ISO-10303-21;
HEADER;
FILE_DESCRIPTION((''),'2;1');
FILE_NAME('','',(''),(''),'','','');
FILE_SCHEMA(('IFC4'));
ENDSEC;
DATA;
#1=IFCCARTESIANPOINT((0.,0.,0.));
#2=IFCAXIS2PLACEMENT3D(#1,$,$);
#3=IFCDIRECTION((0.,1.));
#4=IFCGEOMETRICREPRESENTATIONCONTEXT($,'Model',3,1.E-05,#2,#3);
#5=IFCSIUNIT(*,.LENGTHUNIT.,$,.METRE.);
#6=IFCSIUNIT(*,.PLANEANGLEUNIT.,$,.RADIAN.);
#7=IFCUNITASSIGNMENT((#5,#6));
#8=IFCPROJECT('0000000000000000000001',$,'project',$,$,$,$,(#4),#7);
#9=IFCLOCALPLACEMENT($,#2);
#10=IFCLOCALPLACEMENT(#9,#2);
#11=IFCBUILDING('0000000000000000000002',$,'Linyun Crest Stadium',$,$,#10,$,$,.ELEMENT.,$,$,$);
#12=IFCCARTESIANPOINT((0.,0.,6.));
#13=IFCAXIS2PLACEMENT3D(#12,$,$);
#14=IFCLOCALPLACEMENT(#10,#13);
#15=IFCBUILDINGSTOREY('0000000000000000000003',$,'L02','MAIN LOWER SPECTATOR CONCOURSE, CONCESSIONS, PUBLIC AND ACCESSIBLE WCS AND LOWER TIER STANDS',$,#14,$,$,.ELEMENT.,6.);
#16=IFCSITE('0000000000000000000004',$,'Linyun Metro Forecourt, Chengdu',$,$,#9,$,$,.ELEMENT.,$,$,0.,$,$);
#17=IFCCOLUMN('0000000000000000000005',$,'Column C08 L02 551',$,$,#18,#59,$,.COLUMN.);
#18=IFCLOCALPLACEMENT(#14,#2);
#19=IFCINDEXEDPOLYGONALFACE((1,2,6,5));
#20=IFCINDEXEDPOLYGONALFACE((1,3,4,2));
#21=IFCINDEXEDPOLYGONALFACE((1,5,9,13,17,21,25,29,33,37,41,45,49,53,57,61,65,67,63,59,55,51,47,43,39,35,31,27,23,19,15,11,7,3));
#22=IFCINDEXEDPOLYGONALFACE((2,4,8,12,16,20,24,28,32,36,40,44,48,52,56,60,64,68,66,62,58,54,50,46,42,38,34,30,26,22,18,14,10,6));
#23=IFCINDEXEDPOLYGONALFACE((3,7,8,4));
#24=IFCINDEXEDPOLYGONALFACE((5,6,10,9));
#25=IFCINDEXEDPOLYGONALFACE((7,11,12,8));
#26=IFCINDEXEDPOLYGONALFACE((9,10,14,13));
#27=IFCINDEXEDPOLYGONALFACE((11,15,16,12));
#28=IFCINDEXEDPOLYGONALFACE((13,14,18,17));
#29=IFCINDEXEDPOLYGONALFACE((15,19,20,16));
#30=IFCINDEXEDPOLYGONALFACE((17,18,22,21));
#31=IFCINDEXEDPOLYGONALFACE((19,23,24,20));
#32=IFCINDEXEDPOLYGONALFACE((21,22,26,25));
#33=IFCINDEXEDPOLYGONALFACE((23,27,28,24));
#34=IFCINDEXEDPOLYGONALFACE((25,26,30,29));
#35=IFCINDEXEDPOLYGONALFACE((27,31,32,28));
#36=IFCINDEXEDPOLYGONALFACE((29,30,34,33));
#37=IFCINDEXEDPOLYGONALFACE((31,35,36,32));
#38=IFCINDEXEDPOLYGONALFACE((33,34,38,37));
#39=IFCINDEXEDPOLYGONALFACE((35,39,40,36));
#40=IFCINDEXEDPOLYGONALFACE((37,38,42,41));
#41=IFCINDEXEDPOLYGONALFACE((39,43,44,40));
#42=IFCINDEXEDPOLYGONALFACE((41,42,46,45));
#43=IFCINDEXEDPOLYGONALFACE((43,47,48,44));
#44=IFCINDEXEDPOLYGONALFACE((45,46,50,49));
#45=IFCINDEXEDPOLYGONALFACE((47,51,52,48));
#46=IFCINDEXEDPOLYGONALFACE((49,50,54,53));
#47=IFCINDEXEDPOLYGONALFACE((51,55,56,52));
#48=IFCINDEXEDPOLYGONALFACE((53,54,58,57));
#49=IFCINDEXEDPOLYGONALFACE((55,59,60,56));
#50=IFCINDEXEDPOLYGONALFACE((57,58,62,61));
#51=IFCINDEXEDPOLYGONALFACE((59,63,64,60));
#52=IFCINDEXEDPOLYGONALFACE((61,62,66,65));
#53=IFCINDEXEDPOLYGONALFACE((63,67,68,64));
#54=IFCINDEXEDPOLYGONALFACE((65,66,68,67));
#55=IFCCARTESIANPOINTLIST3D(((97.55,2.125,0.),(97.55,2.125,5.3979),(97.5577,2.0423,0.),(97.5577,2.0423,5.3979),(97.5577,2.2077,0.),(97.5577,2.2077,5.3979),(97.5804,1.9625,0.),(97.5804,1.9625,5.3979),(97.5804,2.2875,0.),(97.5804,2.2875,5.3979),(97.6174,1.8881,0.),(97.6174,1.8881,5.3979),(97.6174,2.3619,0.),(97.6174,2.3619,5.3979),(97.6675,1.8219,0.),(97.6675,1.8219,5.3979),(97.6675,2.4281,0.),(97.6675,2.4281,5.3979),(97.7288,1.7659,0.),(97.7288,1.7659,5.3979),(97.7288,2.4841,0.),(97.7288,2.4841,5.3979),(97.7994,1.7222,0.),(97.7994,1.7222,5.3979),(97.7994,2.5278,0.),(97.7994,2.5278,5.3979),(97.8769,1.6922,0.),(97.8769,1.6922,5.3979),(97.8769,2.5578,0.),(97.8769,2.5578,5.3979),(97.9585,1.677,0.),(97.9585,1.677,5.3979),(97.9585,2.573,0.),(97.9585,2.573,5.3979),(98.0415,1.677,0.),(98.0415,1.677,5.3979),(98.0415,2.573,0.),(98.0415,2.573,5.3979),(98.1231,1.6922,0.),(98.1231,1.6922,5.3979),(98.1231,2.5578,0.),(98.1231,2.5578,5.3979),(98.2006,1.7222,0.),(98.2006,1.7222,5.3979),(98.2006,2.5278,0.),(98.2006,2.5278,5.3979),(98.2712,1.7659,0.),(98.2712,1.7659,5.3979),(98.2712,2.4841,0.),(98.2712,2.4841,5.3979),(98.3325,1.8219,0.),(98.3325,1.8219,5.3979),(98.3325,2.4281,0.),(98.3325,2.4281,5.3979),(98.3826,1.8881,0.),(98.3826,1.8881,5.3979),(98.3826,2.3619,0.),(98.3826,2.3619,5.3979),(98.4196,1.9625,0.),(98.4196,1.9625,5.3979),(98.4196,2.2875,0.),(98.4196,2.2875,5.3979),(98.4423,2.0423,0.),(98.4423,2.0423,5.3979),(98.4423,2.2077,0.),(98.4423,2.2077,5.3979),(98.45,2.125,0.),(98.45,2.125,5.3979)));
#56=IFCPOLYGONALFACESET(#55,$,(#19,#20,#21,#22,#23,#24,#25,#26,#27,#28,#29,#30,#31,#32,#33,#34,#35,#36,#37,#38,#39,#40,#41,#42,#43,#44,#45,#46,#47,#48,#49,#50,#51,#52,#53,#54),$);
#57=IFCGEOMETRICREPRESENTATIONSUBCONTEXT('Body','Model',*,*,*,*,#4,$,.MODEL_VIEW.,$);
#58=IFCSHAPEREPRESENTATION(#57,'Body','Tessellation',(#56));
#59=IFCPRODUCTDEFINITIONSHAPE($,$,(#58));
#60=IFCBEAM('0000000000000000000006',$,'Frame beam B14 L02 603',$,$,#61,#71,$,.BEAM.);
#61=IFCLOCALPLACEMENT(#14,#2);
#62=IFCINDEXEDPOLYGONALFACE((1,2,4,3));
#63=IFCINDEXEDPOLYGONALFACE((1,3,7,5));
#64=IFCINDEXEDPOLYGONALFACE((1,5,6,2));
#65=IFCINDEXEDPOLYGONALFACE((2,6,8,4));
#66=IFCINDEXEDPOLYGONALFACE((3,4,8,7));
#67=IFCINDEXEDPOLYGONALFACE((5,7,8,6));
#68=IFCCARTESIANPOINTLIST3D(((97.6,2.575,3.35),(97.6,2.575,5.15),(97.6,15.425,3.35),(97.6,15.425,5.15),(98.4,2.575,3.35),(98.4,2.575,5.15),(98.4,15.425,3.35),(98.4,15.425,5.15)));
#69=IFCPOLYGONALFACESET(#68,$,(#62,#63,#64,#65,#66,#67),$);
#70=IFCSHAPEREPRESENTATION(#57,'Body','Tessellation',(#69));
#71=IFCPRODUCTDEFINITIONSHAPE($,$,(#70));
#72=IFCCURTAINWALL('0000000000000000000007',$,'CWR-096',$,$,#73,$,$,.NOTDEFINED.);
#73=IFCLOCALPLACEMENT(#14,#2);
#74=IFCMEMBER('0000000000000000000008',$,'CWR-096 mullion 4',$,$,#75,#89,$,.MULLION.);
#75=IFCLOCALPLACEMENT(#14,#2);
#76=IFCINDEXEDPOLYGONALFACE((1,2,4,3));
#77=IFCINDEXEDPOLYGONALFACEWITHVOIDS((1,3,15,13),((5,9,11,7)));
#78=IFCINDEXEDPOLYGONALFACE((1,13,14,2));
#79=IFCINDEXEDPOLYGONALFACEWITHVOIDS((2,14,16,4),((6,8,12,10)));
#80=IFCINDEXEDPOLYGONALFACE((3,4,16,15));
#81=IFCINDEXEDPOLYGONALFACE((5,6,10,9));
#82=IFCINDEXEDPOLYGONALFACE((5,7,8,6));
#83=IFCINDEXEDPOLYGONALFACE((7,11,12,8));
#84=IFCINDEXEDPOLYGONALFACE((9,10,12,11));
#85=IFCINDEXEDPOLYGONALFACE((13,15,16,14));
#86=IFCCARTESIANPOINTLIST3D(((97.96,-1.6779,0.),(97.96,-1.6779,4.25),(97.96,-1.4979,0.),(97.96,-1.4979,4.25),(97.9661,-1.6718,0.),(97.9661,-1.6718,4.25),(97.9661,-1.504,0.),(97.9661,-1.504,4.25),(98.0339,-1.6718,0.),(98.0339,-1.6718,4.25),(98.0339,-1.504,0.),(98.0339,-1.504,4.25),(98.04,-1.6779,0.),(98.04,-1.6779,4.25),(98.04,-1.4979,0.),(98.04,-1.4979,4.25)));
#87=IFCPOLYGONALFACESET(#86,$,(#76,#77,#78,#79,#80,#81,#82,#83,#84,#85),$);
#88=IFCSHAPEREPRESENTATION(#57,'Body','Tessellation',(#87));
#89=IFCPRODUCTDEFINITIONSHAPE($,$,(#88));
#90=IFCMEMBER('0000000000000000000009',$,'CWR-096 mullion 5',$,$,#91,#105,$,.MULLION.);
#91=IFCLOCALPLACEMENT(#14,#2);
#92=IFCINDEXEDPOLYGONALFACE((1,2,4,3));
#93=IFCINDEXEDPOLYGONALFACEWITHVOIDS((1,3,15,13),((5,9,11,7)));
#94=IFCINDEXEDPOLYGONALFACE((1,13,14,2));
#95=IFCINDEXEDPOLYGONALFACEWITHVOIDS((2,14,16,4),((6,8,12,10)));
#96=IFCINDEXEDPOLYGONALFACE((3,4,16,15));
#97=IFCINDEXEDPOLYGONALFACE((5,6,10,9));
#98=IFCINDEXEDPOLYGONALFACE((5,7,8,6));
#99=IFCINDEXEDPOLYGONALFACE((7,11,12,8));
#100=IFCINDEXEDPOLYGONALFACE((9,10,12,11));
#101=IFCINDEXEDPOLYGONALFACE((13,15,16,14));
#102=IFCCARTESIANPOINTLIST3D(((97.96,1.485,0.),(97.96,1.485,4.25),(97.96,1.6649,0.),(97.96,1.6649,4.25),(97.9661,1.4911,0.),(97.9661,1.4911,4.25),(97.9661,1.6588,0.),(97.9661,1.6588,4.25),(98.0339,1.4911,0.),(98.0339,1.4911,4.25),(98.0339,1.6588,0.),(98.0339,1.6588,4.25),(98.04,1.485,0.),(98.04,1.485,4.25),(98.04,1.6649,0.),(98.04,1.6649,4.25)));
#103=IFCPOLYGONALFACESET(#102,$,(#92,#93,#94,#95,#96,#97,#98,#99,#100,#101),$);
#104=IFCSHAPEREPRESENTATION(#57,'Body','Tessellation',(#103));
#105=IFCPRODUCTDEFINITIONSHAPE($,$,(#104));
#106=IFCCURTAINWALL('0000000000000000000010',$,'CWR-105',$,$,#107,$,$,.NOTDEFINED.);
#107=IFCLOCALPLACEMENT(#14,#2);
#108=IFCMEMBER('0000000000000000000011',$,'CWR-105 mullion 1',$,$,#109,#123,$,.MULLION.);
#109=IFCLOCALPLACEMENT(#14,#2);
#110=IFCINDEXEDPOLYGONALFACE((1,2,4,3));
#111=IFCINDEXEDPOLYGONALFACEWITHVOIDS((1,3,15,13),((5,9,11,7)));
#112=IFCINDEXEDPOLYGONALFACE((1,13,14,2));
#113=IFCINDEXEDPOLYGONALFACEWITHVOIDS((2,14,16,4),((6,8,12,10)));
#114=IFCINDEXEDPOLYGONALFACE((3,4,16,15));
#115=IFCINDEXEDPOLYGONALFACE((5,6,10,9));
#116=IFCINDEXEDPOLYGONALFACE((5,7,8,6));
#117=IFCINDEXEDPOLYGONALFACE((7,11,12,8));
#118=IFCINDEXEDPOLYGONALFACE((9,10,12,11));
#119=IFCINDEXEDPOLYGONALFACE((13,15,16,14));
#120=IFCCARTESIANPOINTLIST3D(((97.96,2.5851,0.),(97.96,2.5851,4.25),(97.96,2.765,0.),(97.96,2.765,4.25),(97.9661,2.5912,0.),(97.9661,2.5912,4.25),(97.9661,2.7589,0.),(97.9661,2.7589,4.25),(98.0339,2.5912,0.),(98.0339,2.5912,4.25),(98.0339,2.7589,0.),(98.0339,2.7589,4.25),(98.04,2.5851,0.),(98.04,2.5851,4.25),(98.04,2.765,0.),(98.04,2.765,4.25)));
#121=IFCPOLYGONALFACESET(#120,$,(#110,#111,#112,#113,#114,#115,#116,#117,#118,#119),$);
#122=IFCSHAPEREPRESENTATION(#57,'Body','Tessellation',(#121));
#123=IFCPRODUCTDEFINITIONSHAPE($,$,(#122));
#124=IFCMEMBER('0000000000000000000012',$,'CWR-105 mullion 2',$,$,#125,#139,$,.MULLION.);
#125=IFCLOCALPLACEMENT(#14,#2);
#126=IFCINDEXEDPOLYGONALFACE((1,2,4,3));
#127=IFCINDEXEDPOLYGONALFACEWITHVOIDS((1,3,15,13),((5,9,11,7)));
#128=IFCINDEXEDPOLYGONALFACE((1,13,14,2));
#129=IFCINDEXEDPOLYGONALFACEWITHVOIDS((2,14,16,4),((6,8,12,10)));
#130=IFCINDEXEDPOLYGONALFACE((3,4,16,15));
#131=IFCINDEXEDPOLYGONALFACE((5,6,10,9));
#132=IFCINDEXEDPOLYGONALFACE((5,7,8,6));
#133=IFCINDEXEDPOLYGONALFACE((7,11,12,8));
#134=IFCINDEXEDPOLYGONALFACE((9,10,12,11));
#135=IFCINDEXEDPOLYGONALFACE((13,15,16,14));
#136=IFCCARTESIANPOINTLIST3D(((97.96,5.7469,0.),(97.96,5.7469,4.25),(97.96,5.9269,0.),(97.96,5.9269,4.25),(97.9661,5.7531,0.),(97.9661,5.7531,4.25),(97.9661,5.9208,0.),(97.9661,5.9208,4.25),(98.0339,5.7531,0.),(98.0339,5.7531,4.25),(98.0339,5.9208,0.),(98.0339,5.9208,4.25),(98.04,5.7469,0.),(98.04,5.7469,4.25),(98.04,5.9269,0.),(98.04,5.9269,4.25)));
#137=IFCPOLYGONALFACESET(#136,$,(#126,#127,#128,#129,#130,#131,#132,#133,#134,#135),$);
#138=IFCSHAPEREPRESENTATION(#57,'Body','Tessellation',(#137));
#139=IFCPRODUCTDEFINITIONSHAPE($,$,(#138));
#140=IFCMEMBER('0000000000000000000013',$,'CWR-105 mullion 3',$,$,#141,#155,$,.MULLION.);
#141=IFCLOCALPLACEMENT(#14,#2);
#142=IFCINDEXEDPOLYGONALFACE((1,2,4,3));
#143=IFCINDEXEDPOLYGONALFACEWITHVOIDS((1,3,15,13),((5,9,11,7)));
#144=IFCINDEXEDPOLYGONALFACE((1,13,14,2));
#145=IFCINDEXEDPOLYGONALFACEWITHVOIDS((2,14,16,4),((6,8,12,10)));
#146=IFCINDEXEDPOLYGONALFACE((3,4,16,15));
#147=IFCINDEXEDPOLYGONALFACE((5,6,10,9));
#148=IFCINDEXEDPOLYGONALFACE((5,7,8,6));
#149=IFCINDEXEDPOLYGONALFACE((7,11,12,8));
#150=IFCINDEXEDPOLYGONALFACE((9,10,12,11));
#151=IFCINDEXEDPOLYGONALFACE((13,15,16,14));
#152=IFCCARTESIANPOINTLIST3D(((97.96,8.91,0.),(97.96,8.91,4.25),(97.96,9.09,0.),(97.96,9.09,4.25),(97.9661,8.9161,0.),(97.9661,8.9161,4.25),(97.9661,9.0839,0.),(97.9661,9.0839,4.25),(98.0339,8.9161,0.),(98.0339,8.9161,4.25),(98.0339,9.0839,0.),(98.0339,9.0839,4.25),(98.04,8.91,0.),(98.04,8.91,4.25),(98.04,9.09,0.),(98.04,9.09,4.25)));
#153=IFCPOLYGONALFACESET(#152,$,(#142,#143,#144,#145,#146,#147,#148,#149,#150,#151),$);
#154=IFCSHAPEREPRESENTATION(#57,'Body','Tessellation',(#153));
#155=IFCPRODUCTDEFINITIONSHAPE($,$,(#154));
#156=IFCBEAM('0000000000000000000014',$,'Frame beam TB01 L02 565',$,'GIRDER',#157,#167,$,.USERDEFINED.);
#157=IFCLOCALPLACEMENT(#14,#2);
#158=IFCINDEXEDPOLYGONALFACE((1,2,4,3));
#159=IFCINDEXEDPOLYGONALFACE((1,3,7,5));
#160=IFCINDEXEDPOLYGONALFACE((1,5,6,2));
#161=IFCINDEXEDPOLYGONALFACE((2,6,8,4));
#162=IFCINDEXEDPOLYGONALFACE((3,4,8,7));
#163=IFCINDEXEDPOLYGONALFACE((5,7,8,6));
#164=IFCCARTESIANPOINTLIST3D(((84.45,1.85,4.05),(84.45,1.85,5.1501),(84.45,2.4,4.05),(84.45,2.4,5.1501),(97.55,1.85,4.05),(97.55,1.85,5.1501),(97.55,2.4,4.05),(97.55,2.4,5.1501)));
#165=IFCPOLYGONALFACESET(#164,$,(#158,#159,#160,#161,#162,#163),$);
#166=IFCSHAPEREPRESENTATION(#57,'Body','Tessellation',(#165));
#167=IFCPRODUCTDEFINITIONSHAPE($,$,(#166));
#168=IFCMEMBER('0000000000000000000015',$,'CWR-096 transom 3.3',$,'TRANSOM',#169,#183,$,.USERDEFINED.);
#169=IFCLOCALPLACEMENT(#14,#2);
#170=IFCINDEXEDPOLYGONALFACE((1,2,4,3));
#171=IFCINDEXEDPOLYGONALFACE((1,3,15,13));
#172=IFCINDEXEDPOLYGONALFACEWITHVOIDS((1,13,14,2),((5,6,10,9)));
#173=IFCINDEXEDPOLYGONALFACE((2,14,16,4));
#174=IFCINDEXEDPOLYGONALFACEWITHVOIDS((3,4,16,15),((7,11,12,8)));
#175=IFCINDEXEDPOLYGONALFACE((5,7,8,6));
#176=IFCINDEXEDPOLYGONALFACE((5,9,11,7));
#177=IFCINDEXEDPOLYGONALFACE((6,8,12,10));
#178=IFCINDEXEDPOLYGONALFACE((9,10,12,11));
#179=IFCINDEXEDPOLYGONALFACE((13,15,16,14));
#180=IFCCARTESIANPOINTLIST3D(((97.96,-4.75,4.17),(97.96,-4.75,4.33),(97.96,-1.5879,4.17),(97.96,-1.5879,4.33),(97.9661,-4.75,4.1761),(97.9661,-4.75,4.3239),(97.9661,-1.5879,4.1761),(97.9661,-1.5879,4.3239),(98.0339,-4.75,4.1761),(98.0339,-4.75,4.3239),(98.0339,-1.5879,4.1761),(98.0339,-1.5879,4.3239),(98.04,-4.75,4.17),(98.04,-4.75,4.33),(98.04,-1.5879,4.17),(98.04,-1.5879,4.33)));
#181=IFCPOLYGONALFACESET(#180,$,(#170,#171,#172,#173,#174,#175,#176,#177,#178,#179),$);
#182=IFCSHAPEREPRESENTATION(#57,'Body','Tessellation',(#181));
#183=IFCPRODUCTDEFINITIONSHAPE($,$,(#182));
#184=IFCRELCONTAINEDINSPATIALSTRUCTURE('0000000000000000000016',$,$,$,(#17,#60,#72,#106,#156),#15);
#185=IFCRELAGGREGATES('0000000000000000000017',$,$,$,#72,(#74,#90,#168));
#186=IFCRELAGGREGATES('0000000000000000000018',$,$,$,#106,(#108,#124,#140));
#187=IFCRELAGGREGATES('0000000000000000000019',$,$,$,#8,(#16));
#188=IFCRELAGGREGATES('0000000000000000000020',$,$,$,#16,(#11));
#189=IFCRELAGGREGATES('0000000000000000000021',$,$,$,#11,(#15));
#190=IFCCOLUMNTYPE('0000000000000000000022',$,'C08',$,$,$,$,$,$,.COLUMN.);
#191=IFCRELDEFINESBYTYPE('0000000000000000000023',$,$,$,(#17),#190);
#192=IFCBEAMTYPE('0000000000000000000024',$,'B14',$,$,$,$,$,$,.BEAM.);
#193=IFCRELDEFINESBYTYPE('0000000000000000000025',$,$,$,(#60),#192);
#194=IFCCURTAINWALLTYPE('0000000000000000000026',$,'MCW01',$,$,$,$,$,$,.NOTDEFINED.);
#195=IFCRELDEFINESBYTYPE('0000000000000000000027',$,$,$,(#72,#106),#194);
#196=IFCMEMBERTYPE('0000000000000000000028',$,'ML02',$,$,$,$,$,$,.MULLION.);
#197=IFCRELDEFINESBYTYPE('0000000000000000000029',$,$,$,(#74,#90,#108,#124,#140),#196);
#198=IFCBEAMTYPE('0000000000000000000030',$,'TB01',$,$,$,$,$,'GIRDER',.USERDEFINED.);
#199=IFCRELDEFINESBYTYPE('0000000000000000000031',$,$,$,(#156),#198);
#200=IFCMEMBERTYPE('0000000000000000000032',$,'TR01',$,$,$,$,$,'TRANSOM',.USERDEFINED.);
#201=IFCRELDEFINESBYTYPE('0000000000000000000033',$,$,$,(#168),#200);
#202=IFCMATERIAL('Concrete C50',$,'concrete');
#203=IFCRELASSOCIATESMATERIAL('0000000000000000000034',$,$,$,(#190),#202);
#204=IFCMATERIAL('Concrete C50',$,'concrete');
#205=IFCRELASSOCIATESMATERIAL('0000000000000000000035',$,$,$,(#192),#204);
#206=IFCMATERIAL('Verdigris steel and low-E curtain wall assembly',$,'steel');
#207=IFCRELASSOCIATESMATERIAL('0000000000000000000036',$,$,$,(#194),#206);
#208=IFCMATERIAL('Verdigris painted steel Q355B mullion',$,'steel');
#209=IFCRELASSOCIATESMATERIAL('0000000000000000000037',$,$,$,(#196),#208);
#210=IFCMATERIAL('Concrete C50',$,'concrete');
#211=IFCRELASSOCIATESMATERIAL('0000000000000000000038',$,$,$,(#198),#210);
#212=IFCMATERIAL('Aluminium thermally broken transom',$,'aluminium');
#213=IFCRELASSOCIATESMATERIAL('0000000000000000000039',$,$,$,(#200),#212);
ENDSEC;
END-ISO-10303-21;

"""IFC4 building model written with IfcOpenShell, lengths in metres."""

from ifc_helpers import new_model, si_unit, direction, frame, origin, origin_2d, place, context, subcontext, project, spatial, rectangle, hollow_rectangle, circle, extrude, material, material_profile, profile_set, type_object, element, aggregate, save


model = new_model("IFC4")

# Units and contexts
model_context = context("Model", 3, precision=1e-05, world=origin(), true_north=direction((0.0, 1.0)))
body_context = subcontext(model_context, "Body", "Model", "MODEL_VIEW")
ifc_project = project(units=[si_unit("LENGTHUNIT", "METRE"), si_unit("PLANEANGLEUNIT", "RADIAN")], contexts=[model_context])

# Site, building, storey
site_placement = place(None, origin())
site = spatial("IfcSite", under=ifc_project, at=site_placement, Name="Linyun Metro Forecourt, Chengdu", CompositionType="ELEMENT", RefElevation=0.0)
building_placement = place(site_placement, origin())
building = spatial("IfcBuilding", under=site, at=building_placement, Name="Linyun Crest Stadium", CompositionType="ELEMENT")
storey_placement = place(building_placement, frame((0.0, 0.0, 6.0)))
storey = spatial("IfcBuildingStorey", under=building, at=storey_placement, Name="L02", Description="MAIN LOWER SPECTATOR CONCOURSE, CONCESSIONS, PUBLIC AND ACCESSIBLE WCS AND LOWER TIER STANDS", CompositionType="ELEMENT", Elevation=6.0)

# Column
ifc_material_1 = material(Name="Concrete C50", Category="concrete")
ifc_material_profile_1 = material_profile(ifc_material_1, circle(Radius=0.45, at=origin_2d()), Name="RC D900")
ifc_profile_set_1 = profile_set([ifc_material_profile_1], Name="Concrete C50")
column_type = type_object("IfcColumnType", Name="C08", PredefinedType="COLUMN", material=ifc_profile_set_1)
column_placement = place(storey_placement, frame((98.0, 2.125, 0.0), z_axis=(0.0, 0.0, 1.0), x_axis=(1.0, 0.0, 0.0)))
element("IfcColumn", 1, at=column_placement, inside=storey, type_object=column_type, Name="Column C08 L02 551", PredefinedType="COLUMN", context=body_context, shape_type="SweptSolid", body=[
    extrude(circle(Radius=0.45, at=origin_2d()), origin(), (0.0, 0.0, 1.0), 5.3979),
])

# Beam
ifc_material_2 = material(Name="Concrete C50", Category="concrete")
ifc_material_profile_2 = material_profile(ifc_material_2, rectangle(XDim=0.8, YDim=1.8, at=origin_2d()), Name="RCB 1800x800")
ifc_profile_set_2 = profile_set([ifc_material_profile_2], Name="Concrete C50")
beam_type_1 = type_object("IfcBeamType", Name="B14", PredefinedType="BEAM", material=ifc_profile_set_2)
beam_1_placement = place(storey_placement, frame((98.0, 2.575, 4.25), z_axis=(0.0, 1.0, 0.0), x_axis=(-1.0, 0.0, 0.0)))
element("IfcBeam", 2, at=beam_1_placement, inside=storey, type_object=beam_type_1, Name="Frame beam B14 L02 603", PredefinedType="BEAM", context=body_context, shape_type="SweptSolid", body=[
    extrude(rectangle(XDim=0.8, YDim=1.8, at=origin_2d()), origin(), (0.0, 0.0, 1.0), 12.8501),
])

# Curtain walls, members
ifc_material_3 = material(Name="Verdigris steel and low-E curtain wall assembly", Category="steel")
curtain_wall_type = type_object("IfcCurtainWallType", Name="MCW01", PredefinedType="NOTDEFINED", material=ifc_material_3)
curtain_wall_1_placement = place(storey_placement, origin())
curtain_wall_1 = element("IfcCurtainWall", 3, at=curtain_wall_1_placement, inside=storey, type_object=curtain_wall_type, Name="CWR-096", PredefinedType="NOTDEFINED")
ifc_material_4 = material(Name="Verdigris painted steel Q355B mullion", Category="steel")
ifc_material_profile_3 = material_profile(ifc_material_4, hollow_rectangle(XDim=0.0801, YDim=0.1799, WallThickness=0.0061, at=origin_2d()), Name="RHS 180x80x6")
ifc_profile_set_3 = profile_set([ifc_material_profile_3], Name="Verdigris painted steel Q355B mullion")
member_type_1 = type_object("IfcMemberType", Name="ML02", PredefinedType="MULLION", material=ifc_profile_set_3)
member_1_placement = place(storey_placement, frame((98.0, -1.5879, 0.0), z_axis=(0.0, 0.0, 1.0), x_axis=(-1.0, 0.0, 0.0)))
member_1 = element("IfcMember", 4, at=member_1_placement, type_object=member_type_1, Name="CWR-096 mullion 4", PredefinedType="MULLION", context=body_context, shape_type="SweptSolid", body=[
    extrude(hollow_rectangle(XDim=0.0801, YDim=0.1799, WallThickness=0.0061, at=origin_2d()), origin(), (0.0, 0.0, 1.0), 4.25),
])
member_2_placement = place(storey_placement, frame((98.0, 1.575, 0.0), z_axis=(0.0, 0.0, 1.0), x_axis=(-1.0, 0.0, 0.0)))
member_2 = element("IfcMember", 5, at=member_2_placement, type_object=member_type_1, Name="CWR-096 mullion 5", PredefinedType="MULLION", context=body_context, shape_type="SweptSolid", body=[
    extrude(hollow_rectangle(XDim=0.0801, YDim=0.1799, WallThickness=0.0061, at=origin_2d()), origin(), (0.0, 0.0, 1.0), 4.25),
])
curtain_wall_2_placement = place(storey_placement, origin())
curtain_wall_2 = element("IfcCurtainWall", 6, at=curtain_wall_2_placement, inside=storey, type_object=curtain_wall_type, Name="CWR-105", PredefinedType="NOTDEFINED")
member_3_placement = place(storey_placement, frame((98.0, 2.675, 0.0), z_axis=(0.0, 0.0, 1.0), x_axis=(-1.0, 0.0, 0.0)))
member_3 = element("IfcMember", 7, at=member_3_placement, type_object=member_type_1, Name="CWR-105 mullion 1", PredefinedType="MULLION", context=body_context, shape_type="SweptSolid", body=[
    extrude(hollow_rectangle(XDim=0.0801, YDim=0.1799, WallThickness=0.0061, at=origin_2d()), origin(), (0.0, 0.0, 1.0), 4.25),
])
member_4_placement = place(storey_placement, frame((98.0, 5.8369, 0.0), z_axis=(0.0, 0.0, 1.0), x_axis=(-1.0, 0.0, 0.0)))
member_4 = element("IfcMember", 8, at=member_4_placement, type_object=member_type_1, Name="CWR-105 mullion 2", PredefinedType="MULLION", context=body_context, shape_type="SweptSolid", body=[
    extrude(hollow_rectangle(XDim=0.0801, YDim=0.1799, WallThickness=0.0061, at=origin_2d()), origin(), (0.0, 0.0, 1.0), 4.25),
])
member_5_placement = place(storey_placement, frame((98.0, 9.0, 0.0), z_axis=(0.0, 0.0, 1.0), x_axis=(-1.0, 0.0, 0.0)))
member_5 = element("IfcMember", 9, at=member_5_placement, type_object=member_type_1, Name="CWR-105 mullion 3", PredefinedType="MULLION", context=body_context, shape_type="SweptSolid", body=[
    extrude(hollow_rectangle(XDim=0.0801, YDim=0.1799, WallThickness=0.0061, at=origin_2d()), origin(), (0.0, 0.0, 1.0), 4.25),
])

# Beam
ifc_material_5 = material(Name="Concrete C50", Category="concrete")
ifc_material_profile_4 = material_profile(ifc_material_5, rectangle(XDim=0.55, YDim=1.1001, at=origin_2d()), Name="RCB 1100x550")
ifc_profile_set_4 = profile_set([ifc_material_profile_4], Name="Concrete C50")
beam_type_2 = type_object("IfcBeamType", Name="TB01", ElementType="GIRDER", PredefinedType="USERDEFINED", material=ifc_profile_set_4)
beam_2_placement = place(storey_placement, frame((84.45, 2.125, 4.6001), z_axis=(1.0, 0.0, 0.0), x_axis=(0.0, 1.0, 0.0)))
element("IfcBeam", 10, at=beam_2_placement, inside=storey, type_object=beam_type_2, Name="Frame beam TB01 L02 565", ObjectType="GIRDER", PredefinedType="USERDEFINED", context=body_context, shape_type="SweptSolid", body=[
    extrude(rectangle(XDim=0.55, YDim=1.1001, at=origin_2d()), origin(), (0.0, 0.0, 1.0), 13.1001),
])

# Member
ifc_material_6 = material(Name="Aluminium thermally broken transom", Category="aluminium")
ifc_material_profile_5 = material_profile(ifc_material_6, hollow_rectangle(XDim=0.0801, YDim=0.1599, WallThickness=0.0061, at=origin_2d()), Name="RHS 160x80x6")
ifc_profile_set_5 = profile_set([ifc_material_profile_5], Name="Aluminium thermally broken transom")
member_type_2 = type_object("IfcMemberType", Name="TR01", ElementType="TRANSOM", PredefinedType="USERDEFINED", material=ifc_profile_set_5)
member_6_placement = place(storey_placement, frame((98.0, -4.75, 4.25), z_axis=(0.0, 1.0, 0.0), x_axis=(-1.0, 0.0, 0.0)))
member_6 = element("IfcMember", 11, at=member_6_placement, type_object=member_type_2, Name="CWR-096 transom 3.3", ObjectType="TRANSOM", PredefinedType="USERDEFINED", context=body_context, shape_type="SweptSolid", body=[
    extrude(hollow_rectangle(XDim=0.0801, YDim=0.1599, WallThickness=0.0061, at=origin_2d()), origin(), (0.0, 0.0, 1.0), 3.1621),
])

aggregate(curtain_wall_1, [member_1, member_2, member_6])
aggregate(curtain_wall_2, [member_3, member_4, member_5])

save(model, "model.ifc")
